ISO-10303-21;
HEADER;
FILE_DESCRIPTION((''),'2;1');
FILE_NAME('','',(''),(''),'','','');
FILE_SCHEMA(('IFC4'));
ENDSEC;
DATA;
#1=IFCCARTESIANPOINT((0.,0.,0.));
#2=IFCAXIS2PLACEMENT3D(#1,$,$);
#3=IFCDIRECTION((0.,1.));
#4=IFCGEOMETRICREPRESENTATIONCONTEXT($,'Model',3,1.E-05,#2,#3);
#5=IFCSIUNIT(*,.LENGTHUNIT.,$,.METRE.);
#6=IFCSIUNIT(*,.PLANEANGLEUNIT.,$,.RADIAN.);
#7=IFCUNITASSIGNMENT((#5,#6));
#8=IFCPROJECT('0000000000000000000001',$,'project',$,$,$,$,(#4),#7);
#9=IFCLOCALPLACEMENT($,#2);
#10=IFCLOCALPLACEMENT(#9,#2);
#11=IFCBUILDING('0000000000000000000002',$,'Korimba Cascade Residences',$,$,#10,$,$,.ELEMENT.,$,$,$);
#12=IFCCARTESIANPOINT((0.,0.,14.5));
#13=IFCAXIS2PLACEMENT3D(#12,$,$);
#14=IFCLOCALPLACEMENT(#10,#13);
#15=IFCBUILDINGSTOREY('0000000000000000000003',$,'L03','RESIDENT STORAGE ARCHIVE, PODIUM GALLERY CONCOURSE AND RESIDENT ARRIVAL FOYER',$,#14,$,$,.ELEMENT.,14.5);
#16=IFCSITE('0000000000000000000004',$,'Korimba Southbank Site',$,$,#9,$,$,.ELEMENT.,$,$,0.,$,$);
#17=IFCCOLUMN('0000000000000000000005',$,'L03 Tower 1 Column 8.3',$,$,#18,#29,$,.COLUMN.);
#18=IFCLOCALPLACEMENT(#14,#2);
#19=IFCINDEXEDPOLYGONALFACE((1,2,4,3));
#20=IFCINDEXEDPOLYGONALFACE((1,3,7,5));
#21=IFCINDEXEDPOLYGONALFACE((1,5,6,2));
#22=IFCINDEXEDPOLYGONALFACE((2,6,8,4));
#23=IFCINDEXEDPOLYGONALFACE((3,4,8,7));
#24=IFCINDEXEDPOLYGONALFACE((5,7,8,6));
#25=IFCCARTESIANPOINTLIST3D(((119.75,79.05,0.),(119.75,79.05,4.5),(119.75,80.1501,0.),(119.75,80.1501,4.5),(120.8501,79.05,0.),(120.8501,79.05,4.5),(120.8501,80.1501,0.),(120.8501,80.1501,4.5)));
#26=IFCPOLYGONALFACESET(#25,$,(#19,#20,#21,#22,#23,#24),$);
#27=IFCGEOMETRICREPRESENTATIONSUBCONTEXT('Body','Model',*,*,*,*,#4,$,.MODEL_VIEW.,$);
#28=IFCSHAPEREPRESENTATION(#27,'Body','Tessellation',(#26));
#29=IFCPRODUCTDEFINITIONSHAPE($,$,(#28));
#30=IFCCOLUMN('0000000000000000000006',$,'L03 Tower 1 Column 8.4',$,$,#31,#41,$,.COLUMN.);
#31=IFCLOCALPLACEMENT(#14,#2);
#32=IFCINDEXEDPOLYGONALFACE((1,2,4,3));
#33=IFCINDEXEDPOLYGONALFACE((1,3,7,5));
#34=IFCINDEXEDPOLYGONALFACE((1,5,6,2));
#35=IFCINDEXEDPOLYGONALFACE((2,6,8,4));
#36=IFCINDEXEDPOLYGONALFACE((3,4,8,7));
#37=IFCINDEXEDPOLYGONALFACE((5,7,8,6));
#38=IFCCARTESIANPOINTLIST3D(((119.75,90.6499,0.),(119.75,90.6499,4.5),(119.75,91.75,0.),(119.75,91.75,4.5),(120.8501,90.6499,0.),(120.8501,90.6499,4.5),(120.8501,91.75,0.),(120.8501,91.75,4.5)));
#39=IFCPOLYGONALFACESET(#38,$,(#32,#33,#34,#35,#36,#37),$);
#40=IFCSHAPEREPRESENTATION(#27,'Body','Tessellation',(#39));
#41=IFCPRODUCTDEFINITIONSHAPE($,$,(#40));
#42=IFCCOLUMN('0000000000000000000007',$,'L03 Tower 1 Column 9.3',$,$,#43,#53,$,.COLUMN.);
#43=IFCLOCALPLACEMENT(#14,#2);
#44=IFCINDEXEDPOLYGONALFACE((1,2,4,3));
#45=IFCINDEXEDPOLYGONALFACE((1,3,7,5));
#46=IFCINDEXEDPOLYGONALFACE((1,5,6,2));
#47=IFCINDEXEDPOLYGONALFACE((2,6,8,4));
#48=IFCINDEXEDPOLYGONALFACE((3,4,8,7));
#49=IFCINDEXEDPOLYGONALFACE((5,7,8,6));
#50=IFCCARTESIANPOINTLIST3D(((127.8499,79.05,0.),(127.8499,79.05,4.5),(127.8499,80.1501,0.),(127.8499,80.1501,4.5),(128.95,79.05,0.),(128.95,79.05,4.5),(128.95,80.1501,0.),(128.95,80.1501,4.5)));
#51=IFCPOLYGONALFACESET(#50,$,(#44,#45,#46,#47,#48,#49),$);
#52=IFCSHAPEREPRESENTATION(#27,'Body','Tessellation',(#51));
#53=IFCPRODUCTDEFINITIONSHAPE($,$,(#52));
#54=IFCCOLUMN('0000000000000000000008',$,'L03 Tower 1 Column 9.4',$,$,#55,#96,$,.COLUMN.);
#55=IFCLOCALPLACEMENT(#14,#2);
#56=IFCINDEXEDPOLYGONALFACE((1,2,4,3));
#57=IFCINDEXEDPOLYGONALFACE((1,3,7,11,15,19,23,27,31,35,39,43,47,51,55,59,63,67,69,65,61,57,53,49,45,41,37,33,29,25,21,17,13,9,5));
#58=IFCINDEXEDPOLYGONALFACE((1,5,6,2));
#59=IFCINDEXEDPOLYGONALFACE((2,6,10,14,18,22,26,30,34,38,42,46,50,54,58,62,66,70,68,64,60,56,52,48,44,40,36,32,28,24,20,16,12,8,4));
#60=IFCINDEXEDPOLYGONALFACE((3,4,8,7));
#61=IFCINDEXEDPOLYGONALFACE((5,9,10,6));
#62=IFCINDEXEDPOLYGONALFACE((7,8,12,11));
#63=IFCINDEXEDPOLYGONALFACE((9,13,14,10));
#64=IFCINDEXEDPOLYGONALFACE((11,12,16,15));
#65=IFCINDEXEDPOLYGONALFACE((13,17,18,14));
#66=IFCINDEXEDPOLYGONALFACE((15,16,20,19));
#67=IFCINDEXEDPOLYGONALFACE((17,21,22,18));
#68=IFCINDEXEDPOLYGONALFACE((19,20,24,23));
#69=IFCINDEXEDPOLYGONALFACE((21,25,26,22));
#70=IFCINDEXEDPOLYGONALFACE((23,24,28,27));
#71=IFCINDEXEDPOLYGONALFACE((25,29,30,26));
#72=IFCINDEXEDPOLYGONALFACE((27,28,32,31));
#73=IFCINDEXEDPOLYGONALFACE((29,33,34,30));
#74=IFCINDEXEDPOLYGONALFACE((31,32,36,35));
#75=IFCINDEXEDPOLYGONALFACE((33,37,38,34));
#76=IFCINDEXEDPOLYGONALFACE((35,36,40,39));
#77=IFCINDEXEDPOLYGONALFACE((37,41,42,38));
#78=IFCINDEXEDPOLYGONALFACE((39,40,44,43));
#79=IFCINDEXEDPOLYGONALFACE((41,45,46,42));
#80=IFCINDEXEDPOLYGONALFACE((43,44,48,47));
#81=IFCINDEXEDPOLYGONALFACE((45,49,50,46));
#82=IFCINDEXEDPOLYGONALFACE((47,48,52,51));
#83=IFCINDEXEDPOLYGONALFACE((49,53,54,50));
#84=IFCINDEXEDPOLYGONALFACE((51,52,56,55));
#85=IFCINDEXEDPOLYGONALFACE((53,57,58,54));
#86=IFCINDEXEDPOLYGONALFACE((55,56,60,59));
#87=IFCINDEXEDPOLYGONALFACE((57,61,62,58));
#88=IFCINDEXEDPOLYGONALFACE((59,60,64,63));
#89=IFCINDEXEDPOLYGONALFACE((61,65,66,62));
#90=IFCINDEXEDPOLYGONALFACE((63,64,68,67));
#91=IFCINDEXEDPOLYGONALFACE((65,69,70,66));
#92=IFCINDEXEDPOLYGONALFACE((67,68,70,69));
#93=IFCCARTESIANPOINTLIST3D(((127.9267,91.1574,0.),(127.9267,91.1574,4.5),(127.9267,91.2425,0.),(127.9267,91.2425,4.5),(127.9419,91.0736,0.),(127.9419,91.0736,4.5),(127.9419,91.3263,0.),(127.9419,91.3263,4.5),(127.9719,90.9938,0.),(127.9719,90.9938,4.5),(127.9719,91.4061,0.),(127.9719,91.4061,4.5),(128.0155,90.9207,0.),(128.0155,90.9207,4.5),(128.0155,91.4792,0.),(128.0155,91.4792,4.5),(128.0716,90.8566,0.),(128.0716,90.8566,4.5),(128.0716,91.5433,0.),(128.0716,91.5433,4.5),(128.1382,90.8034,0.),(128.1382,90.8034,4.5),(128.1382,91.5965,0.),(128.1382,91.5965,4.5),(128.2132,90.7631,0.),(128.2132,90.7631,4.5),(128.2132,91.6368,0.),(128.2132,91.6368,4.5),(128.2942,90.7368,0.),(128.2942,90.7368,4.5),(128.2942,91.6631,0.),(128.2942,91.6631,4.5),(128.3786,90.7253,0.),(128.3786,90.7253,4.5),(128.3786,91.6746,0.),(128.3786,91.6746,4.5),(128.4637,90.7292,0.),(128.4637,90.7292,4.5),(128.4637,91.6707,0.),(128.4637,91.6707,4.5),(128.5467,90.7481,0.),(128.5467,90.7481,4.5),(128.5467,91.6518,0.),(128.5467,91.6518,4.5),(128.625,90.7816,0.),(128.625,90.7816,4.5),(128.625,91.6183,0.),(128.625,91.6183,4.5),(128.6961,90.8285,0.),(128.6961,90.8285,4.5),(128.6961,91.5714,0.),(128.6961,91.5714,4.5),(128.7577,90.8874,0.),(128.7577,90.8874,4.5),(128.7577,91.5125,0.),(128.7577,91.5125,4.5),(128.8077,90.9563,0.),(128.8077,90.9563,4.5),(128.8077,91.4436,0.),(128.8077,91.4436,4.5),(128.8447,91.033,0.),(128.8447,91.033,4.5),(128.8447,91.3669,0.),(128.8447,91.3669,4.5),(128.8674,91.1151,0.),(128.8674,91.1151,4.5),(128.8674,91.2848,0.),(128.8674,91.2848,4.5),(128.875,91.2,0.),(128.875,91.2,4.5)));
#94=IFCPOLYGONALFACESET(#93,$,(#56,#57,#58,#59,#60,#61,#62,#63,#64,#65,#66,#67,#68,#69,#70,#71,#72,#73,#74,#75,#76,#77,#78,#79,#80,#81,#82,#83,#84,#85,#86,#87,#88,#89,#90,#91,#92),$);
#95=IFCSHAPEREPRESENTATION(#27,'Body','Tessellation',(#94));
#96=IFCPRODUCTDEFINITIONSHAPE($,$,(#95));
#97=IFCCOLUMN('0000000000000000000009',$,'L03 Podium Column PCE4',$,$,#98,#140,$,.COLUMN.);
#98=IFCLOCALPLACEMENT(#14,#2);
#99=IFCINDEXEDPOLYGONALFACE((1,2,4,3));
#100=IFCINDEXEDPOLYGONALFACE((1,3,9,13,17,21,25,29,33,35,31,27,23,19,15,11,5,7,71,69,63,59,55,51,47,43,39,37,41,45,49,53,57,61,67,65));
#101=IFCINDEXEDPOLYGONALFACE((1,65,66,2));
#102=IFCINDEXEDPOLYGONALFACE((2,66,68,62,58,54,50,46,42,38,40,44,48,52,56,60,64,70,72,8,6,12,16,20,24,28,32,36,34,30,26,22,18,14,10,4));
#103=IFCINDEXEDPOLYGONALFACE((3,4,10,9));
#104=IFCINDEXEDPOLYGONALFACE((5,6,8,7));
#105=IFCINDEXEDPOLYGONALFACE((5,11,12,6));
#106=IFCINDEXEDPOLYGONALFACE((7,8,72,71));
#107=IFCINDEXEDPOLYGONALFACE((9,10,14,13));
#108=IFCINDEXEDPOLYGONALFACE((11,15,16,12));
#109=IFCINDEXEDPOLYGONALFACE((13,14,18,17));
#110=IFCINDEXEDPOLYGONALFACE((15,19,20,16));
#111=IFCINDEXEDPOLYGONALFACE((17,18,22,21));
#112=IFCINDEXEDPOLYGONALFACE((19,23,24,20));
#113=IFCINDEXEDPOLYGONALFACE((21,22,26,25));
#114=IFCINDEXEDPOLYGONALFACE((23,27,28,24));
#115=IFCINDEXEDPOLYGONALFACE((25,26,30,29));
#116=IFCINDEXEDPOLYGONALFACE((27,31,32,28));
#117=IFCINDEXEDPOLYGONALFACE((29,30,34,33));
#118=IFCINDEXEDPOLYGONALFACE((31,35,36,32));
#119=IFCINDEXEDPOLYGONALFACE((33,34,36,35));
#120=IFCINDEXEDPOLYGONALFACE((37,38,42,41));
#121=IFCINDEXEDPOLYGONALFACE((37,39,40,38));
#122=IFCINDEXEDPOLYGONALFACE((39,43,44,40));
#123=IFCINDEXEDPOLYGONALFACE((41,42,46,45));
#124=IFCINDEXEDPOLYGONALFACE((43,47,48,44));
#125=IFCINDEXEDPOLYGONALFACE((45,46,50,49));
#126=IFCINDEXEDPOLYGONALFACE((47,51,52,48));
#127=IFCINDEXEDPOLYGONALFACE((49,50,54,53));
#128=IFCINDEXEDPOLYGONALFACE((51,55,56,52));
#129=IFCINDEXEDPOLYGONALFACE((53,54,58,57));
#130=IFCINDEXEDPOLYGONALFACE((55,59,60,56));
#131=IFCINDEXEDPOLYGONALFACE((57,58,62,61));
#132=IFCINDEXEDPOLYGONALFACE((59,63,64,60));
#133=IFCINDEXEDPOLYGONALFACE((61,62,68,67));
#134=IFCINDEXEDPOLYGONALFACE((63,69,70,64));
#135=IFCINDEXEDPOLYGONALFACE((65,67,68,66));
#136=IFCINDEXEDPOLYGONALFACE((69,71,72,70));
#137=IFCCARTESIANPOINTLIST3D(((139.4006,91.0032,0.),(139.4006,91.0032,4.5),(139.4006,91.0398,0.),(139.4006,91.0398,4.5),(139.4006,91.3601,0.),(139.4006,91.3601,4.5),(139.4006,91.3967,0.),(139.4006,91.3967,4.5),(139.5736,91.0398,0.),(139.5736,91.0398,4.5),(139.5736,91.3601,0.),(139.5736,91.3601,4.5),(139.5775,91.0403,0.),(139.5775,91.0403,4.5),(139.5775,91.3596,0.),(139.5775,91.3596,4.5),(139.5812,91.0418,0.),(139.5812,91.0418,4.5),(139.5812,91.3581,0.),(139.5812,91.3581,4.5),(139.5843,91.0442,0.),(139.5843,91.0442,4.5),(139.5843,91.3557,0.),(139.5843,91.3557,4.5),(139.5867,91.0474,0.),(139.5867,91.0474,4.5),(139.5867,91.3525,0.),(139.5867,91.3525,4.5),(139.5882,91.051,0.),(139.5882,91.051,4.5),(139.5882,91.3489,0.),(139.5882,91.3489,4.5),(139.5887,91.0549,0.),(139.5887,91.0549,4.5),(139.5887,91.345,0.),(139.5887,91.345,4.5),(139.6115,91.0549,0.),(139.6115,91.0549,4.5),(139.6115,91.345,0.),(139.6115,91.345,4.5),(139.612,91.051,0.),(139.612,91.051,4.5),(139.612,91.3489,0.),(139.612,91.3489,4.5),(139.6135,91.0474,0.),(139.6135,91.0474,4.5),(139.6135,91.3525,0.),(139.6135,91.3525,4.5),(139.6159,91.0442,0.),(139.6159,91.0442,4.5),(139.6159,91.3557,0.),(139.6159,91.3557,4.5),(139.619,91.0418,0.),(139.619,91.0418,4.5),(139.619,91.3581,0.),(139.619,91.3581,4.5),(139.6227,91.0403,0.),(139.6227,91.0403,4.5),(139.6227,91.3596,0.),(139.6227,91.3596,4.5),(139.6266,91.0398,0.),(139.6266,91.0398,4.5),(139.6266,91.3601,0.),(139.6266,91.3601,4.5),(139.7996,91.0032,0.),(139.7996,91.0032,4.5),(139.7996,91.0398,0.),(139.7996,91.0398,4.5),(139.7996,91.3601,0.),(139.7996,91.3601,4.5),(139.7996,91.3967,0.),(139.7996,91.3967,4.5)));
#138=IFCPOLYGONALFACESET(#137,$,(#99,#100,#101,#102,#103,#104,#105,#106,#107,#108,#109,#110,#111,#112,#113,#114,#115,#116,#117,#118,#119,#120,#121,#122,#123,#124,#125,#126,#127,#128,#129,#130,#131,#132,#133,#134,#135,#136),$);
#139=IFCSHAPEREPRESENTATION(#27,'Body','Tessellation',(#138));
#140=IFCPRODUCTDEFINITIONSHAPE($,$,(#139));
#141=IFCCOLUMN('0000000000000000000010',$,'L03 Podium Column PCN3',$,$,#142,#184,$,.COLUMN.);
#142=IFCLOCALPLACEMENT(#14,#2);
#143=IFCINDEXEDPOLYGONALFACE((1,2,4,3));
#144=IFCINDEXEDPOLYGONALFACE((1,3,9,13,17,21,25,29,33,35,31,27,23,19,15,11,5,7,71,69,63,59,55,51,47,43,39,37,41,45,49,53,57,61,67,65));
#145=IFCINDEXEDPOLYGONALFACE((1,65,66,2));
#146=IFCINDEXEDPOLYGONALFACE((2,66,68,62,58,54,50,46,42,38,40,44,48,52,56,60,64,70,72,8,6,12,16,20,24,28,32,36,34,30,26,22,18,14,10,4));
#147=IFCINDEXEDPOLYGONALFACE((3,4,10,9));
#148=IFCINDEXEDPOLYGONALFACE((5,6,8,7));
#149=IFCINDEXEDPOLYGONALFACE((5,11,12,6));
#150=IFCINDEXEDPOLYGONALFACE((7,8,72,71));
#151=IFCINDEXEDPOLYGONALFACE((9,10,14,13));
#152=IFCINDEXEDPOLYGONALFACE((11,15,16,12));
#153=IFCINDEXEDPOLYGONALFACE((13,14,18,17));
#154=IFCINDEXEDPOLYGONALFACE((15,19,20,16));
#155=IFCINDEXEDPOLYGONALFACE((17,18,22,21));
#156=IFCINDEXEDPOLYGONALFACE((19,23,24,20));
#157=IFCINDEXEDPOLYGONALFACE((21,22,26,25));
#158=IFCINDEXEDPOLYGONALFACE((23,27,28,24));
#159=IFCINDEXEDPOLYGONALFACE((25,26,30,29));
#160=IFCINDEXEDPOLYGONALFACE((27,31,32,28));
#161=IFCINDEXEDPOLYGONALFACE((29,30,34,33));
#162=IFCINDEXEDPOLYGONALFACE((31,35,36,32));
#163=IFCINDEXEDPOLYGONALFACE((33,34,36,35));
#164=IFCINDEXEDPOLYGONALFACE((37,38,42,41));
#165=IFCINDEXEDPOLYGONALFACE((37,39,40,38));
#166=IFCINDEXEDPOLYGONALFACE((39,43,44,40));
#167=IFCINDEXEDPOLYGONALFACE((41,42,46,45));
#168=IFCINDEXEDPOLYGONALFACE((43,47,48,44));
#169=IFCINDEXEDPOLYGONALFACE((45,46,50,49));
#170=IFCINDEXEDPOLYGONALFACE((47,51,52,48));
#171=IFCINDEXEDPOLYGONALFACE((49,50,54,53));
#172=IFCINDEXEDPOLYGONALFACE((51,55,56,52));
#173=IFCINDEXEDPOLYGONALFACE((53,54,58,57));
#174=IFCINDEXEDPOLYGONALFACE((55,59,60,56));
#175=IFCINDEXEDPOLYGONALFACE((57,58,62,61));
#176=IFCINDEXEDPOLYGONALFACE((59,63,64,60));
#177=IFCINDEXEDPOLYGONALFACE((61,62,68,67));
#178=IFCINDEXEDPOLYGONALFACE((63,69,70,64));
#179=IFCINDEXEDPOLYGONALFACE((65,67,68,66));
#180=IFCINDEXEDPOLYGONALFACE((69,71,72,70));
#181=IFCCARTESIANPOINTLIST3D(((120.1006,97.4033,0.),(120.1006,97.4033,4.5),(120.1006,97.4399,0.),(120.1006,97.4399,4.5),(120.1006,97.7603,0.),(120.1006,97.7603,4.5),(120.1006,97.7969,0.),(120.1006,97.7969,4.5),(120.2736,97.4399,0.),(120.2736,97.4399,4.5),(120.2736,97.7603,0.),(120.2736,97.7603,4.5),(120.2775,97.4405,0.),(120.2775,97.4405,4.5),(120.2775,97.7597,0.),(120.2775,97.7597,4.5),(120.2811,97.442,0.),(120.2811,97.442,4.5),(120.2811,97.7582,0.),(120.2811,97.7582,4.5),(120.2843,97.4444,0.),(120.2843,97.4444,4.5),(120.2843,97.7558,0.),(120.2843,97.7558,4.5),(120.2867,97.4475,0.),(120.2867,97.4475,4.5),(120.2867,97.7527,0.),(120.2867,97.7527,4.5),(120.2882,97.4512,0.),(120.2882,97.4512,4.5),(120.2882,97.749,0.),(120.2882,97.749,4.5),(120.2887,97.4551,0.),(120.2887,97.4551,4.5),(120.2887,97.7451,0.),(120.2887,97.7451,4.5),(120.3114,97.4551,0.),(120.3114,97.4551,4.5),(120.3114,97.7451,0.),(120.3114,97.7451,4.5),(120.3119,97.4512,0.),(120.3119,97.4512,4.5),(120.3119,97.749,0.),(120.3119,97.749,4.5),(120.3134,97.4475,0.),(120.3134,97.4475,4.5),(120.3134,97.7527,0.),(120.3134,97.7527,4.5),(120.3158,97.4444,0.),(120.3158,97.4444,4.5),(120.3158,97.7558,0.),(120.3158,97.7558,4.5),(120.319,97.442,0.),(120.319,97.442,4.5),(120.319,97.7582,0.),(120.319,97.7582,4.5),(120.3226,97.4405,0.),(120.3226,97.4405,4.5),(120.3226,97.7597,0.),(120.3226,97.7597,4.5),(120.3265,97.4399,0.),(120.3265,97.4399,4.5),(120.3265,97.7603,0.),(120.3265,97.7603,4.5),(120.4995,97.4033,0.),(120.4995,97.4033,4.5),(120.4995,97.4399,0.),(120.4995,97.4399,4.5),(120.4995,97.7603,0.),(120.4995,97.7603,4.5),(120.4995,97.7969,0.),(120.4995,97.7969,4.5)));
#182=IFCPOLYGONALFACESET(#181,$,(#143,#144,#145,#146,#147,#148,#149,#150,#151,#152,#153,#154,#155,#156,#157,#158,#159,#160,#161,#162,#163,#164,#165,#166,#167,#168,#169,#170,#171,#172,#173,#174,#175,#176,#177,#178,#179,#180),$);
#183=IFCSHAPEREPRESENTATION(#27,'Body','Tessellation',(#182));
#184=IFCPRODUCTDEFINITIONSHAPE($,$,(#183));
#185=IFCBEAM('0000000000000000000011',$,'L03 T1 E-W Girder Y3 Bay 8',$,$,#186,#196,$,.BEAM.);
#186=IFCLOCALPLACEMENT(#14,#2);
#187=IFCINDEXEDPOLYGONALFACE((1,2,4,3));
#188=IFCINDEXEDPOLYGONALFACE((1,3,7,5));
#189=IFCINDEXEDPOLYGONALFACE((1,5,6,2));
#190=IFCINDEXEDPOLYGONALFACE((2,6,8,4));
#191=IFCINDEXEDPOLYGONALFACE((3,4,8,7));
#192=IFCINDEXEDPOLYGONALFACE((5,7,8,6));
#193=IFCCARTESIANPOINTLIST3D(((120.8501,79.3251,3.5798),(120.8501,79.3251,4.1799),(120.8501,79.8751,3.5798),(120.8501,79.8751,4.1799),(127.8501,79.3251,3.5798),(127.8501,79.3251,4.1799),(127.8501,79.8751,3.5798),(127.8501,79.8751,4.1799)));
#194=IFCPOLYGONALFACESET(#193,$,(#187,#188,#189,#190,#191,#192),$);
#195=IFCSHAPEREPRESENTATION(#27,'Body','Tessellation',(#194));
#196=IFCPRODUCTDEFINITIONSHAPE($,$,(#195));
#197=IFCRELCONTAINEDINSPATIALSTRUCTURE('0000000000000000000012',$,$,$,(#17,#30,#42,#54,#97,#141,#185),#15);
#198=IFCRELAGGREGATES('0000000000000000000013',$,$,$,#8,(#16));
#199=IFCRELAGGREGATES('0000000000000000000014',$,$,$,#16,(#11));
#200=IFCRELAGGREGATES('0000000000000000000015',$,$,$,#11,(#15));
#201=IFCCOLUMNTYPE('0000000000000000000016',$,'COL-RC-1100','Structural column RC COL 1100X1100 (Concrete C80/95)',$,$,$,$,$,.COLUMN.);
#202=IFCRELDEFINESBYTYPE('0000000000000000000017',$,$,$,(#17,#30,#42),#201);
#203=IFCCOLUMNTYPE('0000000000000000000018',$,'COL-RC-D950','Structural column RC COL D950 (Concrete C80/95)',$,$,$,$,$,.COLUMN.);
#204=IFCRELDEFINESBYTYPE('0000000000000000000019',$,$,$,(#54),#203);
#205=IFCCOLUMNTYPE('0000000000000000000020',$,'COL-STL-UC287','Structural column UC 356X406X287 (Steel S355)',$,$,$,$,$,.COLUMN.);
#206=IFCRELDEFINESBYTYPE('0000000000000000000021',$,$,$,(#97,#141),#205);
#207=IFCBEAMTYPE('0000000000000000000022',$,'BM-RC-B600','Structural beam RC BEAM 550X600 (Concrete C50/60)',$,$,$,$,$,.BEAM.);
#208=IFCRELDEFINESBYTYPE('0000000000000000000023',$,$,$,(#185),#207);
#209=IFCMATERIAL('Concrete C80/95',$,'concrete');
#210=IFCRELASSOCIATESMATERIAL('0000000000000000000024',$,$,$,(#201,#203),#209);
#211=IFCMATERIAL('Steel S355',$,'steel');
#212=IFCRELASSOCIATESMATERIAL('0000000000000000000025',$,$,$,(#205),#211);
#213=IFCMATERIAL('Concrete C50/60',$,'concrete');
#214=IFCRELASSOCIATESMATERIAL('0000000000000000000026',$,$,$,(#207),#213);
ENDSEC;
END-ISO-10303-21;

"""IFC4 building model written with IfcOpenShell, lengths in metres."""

from ifc_helpers import new_model, si_unit, direction, frame, origin, origin_2d, place, context, subcontext, project, spatial, rectangle, circle, i_section, extrude, material, material_profile, profile_set, type_object, element, save


model = new_model("IFC4")

# Units and contexts
model_context = context("Model", 3, precision=1e-05, world=origin(), true_north=direction((0.0, 1.0)))
body_context = subcontext(model_context, "Body", "Model", "MODEL_VIEW")
ifc_project = project(units=[si_unit("LENGTHUNIT", "METRE"), si_unit("PLANEANGLEUNIT", "RADIAN")], contexts=[model_context])

# Site, building, storey
site_placement = place(None, origin())
site = spatial("IfcSite", under=ifc_project, at=site_placement, Name="Korimba Southbank Site", CompositionType="ELEMENT", RefElevation=0.0)
building_placement = place(site_placement, origin())
building = spatial("IfcBuilding", under=site, at=building_placement, Name="Korimba Cascade Residences", CompositionType="ELEMENT")
storey_placement = place(building_placement, frame((0.0, 0.0, 14.5)))
storey = spatial("IfcBuildingStorey", under=building, at=storey_placement, Name="L03", Description="RESIDENT STORAGE ARCHIVE, PODIUM GALLERY CONCOURSE AND RESIDENT ARRIVAL FOYER", CompositionType="ELEMENT", Elevation=14.5)

# Columns
ifc_material_1 = material(Name="Concrete C80/95", Category="concrete")
ifc_material_profile_1 = material_profile(ifc_material_1, rectangle(XDim=1.1001, YDim=1.1001, at=origin_2d()), Name="Concrete C80/95")
ifc_profile_set_1 = profile_set([ifc_material_profile_1], Name="Concrete C80/95")
column_type_1 = type_object("IfcColumnType", Name="COL-RC-1100", Description="Structural column RC COL 1100X1100 (Concrete C80/95)", PredefinedType="COLUMN", material=ifc_profile_set_1)
for number, where, z_axis, x_axis, name in (
    (1, (120.3, 79.6001, 0.0), (0.0, 0.0, 1.0), (1.0, 0.0, 0.0), "L03 Tower 1 Column 8.3"),
    (2, (120.3, 91.2, 0.0), (0.0, 0.0, 1.0), (1.0, 0.0, 0.0), "L03 Tower 1 Column 8.4"),
    (3, (128.3999, 79.6001, 0.0), (0.0, 0.0, 1.0), (1.0, 0.0, 0.0), "L03 Tower 1 Column 9.3"),
):
    element("IfcColumn", number, at=place(storey_placement, frame(where, z_axis=z_axis, x_axis=x_axis)), inside=storey, type_object=column_type_1, Name=name, PredefinedType="COLUMN", context=body_context, shape_type="SweptSolid", body=[
        extrude(rectangle(XDim=1.1001, YDim=1.1001, at=origin_2d()), origin(), (0.0, 0.0, 1.0), 4.5),
    ])
ifc_material_profile_2 = material_profile(ifc_material_1, circle(Radius=0.4751, at=origin_2d()), Name="Concrete C80/95")
ifc_profile_set_2 = profile_set([ifc_material_profile_2], Name="Concrete C80/95")
column_type_2 = type_object("IfcColumnType", Name="COL-RC-D950", Description="Structural column RC COL D950 (Concrete C80/95)", PredefinedType="COLUMN", material=ifc_profile_set_2)
column_placement = place(storey_placement, frame((128.3999, 91.2, 0.0), z_axis=(0.0, 0.0, 1.0), x_axis=(1.0, 0.0, 0.0)))
element("IfcColumn", 4, at=column_placement, inside=storey, type_object=column_type_2, Name="L03 Tower 1 Column 9.4", PredefinedType="COLUMN", context=body_context, shape_type="SweptSolid", body=[
    extrude(circle(Radius=0.4751, at=origin_2d()), origin(), (0.0, 0.0, 1.0), 4.5),
])
ifc_material_2 = material(Name="Steel S355", Category="steel")
ifc_material_profile_3 = material_profile(ifc_material_2, i_section(OverallWidth=0.3989, OverallDepth=0.3936, WebThickness=0.0227, FlangeThickness=0.0366, FilletRadius=0.0151, at=origin_2d()), Name="Steel S355")
ifc_profile_set_3 = profile_set([ifc_material_profile_3], Name="Steel S355")
column_type_3 = type_object("IfcColumnType", Name="COL-STL-UC287", Description="Structural column UC 356X406X287 (Steel S355)", PredefinedType="COLUMN", material=ifc_profile_set_3)
for number, where, z_axis, x_axis, name in (
    (5, (139.6001, 91.2, 0.0), (0.0, 0.0, 1.0), (1.0, 0.0, 0.0), "L03 Podium Column PCE4"),
    (6, (120.3, 97.6001, 0.0), (0.0, 0.0, 1.0), (1.0, 0.0, 0.0), "L03 Podium Column PCN3"),
):
    element("IfcColumn", number, at=place(storey_placement, frame(where, z_axis=z_axis, x_axis=x_axis)), inside=storey, type_object=column_type_3, Name=name, PredefinedType="COLUMN", context=body_context, shape_type="SweptSolid", body=[
        extrude(i_section(OverallWidth=0.3989, OverallDepth=0.3936, WebThickness=0.0227, FlangeThickness=0.0366, FilletRadius=0.0151, at=origin_2d()), origin(), (0.0, 0.0, 1.0), 4.5),
    ])

# Beam
ifc_material_3 = material(Name="Concrete C50/60", Category="concrete")
ifc_material_profile_4 = material_profile(ifc_material_3, rectangle(XDim=0.55, YDim=0.6001, at=origin_2d()), Name="Concrete C50/60")
ifc_profile_set_4 = profile_set([ifc_material_profile_4], Name="Concrete C50/60")
beam_type_1 = type_object("IfcBeamType", Name="BM-RC-B600", Description="Structural beam RC BEAM 550X600 (Concrete C50/60)", PredefinedType="BEAM", material=ifc_profile_set_4)
beam_1_placement = place(storey_placement, frame((120.8501, 79.6001, 3.8799), z_axis=(1.0, 0.0, 0.0), x_axis=(0.0, 1.0, 0.0)))
element("IfcBeam", 7, at=beam_1_placement, inside=storey, type_object=beam_type_1, Name="L03 T1 E-W Girder Y3 Bay 8", PredefinedType="BEAM", context=body_context, shape_type="SweptSolid", body=[
    extrude(rectangle(XDim=0.55, YDim=0.6001, at=origin_2d()), origin(), (0.0, 0.0, 1.0), 7.0),
])

save(model, "model.ifc")
